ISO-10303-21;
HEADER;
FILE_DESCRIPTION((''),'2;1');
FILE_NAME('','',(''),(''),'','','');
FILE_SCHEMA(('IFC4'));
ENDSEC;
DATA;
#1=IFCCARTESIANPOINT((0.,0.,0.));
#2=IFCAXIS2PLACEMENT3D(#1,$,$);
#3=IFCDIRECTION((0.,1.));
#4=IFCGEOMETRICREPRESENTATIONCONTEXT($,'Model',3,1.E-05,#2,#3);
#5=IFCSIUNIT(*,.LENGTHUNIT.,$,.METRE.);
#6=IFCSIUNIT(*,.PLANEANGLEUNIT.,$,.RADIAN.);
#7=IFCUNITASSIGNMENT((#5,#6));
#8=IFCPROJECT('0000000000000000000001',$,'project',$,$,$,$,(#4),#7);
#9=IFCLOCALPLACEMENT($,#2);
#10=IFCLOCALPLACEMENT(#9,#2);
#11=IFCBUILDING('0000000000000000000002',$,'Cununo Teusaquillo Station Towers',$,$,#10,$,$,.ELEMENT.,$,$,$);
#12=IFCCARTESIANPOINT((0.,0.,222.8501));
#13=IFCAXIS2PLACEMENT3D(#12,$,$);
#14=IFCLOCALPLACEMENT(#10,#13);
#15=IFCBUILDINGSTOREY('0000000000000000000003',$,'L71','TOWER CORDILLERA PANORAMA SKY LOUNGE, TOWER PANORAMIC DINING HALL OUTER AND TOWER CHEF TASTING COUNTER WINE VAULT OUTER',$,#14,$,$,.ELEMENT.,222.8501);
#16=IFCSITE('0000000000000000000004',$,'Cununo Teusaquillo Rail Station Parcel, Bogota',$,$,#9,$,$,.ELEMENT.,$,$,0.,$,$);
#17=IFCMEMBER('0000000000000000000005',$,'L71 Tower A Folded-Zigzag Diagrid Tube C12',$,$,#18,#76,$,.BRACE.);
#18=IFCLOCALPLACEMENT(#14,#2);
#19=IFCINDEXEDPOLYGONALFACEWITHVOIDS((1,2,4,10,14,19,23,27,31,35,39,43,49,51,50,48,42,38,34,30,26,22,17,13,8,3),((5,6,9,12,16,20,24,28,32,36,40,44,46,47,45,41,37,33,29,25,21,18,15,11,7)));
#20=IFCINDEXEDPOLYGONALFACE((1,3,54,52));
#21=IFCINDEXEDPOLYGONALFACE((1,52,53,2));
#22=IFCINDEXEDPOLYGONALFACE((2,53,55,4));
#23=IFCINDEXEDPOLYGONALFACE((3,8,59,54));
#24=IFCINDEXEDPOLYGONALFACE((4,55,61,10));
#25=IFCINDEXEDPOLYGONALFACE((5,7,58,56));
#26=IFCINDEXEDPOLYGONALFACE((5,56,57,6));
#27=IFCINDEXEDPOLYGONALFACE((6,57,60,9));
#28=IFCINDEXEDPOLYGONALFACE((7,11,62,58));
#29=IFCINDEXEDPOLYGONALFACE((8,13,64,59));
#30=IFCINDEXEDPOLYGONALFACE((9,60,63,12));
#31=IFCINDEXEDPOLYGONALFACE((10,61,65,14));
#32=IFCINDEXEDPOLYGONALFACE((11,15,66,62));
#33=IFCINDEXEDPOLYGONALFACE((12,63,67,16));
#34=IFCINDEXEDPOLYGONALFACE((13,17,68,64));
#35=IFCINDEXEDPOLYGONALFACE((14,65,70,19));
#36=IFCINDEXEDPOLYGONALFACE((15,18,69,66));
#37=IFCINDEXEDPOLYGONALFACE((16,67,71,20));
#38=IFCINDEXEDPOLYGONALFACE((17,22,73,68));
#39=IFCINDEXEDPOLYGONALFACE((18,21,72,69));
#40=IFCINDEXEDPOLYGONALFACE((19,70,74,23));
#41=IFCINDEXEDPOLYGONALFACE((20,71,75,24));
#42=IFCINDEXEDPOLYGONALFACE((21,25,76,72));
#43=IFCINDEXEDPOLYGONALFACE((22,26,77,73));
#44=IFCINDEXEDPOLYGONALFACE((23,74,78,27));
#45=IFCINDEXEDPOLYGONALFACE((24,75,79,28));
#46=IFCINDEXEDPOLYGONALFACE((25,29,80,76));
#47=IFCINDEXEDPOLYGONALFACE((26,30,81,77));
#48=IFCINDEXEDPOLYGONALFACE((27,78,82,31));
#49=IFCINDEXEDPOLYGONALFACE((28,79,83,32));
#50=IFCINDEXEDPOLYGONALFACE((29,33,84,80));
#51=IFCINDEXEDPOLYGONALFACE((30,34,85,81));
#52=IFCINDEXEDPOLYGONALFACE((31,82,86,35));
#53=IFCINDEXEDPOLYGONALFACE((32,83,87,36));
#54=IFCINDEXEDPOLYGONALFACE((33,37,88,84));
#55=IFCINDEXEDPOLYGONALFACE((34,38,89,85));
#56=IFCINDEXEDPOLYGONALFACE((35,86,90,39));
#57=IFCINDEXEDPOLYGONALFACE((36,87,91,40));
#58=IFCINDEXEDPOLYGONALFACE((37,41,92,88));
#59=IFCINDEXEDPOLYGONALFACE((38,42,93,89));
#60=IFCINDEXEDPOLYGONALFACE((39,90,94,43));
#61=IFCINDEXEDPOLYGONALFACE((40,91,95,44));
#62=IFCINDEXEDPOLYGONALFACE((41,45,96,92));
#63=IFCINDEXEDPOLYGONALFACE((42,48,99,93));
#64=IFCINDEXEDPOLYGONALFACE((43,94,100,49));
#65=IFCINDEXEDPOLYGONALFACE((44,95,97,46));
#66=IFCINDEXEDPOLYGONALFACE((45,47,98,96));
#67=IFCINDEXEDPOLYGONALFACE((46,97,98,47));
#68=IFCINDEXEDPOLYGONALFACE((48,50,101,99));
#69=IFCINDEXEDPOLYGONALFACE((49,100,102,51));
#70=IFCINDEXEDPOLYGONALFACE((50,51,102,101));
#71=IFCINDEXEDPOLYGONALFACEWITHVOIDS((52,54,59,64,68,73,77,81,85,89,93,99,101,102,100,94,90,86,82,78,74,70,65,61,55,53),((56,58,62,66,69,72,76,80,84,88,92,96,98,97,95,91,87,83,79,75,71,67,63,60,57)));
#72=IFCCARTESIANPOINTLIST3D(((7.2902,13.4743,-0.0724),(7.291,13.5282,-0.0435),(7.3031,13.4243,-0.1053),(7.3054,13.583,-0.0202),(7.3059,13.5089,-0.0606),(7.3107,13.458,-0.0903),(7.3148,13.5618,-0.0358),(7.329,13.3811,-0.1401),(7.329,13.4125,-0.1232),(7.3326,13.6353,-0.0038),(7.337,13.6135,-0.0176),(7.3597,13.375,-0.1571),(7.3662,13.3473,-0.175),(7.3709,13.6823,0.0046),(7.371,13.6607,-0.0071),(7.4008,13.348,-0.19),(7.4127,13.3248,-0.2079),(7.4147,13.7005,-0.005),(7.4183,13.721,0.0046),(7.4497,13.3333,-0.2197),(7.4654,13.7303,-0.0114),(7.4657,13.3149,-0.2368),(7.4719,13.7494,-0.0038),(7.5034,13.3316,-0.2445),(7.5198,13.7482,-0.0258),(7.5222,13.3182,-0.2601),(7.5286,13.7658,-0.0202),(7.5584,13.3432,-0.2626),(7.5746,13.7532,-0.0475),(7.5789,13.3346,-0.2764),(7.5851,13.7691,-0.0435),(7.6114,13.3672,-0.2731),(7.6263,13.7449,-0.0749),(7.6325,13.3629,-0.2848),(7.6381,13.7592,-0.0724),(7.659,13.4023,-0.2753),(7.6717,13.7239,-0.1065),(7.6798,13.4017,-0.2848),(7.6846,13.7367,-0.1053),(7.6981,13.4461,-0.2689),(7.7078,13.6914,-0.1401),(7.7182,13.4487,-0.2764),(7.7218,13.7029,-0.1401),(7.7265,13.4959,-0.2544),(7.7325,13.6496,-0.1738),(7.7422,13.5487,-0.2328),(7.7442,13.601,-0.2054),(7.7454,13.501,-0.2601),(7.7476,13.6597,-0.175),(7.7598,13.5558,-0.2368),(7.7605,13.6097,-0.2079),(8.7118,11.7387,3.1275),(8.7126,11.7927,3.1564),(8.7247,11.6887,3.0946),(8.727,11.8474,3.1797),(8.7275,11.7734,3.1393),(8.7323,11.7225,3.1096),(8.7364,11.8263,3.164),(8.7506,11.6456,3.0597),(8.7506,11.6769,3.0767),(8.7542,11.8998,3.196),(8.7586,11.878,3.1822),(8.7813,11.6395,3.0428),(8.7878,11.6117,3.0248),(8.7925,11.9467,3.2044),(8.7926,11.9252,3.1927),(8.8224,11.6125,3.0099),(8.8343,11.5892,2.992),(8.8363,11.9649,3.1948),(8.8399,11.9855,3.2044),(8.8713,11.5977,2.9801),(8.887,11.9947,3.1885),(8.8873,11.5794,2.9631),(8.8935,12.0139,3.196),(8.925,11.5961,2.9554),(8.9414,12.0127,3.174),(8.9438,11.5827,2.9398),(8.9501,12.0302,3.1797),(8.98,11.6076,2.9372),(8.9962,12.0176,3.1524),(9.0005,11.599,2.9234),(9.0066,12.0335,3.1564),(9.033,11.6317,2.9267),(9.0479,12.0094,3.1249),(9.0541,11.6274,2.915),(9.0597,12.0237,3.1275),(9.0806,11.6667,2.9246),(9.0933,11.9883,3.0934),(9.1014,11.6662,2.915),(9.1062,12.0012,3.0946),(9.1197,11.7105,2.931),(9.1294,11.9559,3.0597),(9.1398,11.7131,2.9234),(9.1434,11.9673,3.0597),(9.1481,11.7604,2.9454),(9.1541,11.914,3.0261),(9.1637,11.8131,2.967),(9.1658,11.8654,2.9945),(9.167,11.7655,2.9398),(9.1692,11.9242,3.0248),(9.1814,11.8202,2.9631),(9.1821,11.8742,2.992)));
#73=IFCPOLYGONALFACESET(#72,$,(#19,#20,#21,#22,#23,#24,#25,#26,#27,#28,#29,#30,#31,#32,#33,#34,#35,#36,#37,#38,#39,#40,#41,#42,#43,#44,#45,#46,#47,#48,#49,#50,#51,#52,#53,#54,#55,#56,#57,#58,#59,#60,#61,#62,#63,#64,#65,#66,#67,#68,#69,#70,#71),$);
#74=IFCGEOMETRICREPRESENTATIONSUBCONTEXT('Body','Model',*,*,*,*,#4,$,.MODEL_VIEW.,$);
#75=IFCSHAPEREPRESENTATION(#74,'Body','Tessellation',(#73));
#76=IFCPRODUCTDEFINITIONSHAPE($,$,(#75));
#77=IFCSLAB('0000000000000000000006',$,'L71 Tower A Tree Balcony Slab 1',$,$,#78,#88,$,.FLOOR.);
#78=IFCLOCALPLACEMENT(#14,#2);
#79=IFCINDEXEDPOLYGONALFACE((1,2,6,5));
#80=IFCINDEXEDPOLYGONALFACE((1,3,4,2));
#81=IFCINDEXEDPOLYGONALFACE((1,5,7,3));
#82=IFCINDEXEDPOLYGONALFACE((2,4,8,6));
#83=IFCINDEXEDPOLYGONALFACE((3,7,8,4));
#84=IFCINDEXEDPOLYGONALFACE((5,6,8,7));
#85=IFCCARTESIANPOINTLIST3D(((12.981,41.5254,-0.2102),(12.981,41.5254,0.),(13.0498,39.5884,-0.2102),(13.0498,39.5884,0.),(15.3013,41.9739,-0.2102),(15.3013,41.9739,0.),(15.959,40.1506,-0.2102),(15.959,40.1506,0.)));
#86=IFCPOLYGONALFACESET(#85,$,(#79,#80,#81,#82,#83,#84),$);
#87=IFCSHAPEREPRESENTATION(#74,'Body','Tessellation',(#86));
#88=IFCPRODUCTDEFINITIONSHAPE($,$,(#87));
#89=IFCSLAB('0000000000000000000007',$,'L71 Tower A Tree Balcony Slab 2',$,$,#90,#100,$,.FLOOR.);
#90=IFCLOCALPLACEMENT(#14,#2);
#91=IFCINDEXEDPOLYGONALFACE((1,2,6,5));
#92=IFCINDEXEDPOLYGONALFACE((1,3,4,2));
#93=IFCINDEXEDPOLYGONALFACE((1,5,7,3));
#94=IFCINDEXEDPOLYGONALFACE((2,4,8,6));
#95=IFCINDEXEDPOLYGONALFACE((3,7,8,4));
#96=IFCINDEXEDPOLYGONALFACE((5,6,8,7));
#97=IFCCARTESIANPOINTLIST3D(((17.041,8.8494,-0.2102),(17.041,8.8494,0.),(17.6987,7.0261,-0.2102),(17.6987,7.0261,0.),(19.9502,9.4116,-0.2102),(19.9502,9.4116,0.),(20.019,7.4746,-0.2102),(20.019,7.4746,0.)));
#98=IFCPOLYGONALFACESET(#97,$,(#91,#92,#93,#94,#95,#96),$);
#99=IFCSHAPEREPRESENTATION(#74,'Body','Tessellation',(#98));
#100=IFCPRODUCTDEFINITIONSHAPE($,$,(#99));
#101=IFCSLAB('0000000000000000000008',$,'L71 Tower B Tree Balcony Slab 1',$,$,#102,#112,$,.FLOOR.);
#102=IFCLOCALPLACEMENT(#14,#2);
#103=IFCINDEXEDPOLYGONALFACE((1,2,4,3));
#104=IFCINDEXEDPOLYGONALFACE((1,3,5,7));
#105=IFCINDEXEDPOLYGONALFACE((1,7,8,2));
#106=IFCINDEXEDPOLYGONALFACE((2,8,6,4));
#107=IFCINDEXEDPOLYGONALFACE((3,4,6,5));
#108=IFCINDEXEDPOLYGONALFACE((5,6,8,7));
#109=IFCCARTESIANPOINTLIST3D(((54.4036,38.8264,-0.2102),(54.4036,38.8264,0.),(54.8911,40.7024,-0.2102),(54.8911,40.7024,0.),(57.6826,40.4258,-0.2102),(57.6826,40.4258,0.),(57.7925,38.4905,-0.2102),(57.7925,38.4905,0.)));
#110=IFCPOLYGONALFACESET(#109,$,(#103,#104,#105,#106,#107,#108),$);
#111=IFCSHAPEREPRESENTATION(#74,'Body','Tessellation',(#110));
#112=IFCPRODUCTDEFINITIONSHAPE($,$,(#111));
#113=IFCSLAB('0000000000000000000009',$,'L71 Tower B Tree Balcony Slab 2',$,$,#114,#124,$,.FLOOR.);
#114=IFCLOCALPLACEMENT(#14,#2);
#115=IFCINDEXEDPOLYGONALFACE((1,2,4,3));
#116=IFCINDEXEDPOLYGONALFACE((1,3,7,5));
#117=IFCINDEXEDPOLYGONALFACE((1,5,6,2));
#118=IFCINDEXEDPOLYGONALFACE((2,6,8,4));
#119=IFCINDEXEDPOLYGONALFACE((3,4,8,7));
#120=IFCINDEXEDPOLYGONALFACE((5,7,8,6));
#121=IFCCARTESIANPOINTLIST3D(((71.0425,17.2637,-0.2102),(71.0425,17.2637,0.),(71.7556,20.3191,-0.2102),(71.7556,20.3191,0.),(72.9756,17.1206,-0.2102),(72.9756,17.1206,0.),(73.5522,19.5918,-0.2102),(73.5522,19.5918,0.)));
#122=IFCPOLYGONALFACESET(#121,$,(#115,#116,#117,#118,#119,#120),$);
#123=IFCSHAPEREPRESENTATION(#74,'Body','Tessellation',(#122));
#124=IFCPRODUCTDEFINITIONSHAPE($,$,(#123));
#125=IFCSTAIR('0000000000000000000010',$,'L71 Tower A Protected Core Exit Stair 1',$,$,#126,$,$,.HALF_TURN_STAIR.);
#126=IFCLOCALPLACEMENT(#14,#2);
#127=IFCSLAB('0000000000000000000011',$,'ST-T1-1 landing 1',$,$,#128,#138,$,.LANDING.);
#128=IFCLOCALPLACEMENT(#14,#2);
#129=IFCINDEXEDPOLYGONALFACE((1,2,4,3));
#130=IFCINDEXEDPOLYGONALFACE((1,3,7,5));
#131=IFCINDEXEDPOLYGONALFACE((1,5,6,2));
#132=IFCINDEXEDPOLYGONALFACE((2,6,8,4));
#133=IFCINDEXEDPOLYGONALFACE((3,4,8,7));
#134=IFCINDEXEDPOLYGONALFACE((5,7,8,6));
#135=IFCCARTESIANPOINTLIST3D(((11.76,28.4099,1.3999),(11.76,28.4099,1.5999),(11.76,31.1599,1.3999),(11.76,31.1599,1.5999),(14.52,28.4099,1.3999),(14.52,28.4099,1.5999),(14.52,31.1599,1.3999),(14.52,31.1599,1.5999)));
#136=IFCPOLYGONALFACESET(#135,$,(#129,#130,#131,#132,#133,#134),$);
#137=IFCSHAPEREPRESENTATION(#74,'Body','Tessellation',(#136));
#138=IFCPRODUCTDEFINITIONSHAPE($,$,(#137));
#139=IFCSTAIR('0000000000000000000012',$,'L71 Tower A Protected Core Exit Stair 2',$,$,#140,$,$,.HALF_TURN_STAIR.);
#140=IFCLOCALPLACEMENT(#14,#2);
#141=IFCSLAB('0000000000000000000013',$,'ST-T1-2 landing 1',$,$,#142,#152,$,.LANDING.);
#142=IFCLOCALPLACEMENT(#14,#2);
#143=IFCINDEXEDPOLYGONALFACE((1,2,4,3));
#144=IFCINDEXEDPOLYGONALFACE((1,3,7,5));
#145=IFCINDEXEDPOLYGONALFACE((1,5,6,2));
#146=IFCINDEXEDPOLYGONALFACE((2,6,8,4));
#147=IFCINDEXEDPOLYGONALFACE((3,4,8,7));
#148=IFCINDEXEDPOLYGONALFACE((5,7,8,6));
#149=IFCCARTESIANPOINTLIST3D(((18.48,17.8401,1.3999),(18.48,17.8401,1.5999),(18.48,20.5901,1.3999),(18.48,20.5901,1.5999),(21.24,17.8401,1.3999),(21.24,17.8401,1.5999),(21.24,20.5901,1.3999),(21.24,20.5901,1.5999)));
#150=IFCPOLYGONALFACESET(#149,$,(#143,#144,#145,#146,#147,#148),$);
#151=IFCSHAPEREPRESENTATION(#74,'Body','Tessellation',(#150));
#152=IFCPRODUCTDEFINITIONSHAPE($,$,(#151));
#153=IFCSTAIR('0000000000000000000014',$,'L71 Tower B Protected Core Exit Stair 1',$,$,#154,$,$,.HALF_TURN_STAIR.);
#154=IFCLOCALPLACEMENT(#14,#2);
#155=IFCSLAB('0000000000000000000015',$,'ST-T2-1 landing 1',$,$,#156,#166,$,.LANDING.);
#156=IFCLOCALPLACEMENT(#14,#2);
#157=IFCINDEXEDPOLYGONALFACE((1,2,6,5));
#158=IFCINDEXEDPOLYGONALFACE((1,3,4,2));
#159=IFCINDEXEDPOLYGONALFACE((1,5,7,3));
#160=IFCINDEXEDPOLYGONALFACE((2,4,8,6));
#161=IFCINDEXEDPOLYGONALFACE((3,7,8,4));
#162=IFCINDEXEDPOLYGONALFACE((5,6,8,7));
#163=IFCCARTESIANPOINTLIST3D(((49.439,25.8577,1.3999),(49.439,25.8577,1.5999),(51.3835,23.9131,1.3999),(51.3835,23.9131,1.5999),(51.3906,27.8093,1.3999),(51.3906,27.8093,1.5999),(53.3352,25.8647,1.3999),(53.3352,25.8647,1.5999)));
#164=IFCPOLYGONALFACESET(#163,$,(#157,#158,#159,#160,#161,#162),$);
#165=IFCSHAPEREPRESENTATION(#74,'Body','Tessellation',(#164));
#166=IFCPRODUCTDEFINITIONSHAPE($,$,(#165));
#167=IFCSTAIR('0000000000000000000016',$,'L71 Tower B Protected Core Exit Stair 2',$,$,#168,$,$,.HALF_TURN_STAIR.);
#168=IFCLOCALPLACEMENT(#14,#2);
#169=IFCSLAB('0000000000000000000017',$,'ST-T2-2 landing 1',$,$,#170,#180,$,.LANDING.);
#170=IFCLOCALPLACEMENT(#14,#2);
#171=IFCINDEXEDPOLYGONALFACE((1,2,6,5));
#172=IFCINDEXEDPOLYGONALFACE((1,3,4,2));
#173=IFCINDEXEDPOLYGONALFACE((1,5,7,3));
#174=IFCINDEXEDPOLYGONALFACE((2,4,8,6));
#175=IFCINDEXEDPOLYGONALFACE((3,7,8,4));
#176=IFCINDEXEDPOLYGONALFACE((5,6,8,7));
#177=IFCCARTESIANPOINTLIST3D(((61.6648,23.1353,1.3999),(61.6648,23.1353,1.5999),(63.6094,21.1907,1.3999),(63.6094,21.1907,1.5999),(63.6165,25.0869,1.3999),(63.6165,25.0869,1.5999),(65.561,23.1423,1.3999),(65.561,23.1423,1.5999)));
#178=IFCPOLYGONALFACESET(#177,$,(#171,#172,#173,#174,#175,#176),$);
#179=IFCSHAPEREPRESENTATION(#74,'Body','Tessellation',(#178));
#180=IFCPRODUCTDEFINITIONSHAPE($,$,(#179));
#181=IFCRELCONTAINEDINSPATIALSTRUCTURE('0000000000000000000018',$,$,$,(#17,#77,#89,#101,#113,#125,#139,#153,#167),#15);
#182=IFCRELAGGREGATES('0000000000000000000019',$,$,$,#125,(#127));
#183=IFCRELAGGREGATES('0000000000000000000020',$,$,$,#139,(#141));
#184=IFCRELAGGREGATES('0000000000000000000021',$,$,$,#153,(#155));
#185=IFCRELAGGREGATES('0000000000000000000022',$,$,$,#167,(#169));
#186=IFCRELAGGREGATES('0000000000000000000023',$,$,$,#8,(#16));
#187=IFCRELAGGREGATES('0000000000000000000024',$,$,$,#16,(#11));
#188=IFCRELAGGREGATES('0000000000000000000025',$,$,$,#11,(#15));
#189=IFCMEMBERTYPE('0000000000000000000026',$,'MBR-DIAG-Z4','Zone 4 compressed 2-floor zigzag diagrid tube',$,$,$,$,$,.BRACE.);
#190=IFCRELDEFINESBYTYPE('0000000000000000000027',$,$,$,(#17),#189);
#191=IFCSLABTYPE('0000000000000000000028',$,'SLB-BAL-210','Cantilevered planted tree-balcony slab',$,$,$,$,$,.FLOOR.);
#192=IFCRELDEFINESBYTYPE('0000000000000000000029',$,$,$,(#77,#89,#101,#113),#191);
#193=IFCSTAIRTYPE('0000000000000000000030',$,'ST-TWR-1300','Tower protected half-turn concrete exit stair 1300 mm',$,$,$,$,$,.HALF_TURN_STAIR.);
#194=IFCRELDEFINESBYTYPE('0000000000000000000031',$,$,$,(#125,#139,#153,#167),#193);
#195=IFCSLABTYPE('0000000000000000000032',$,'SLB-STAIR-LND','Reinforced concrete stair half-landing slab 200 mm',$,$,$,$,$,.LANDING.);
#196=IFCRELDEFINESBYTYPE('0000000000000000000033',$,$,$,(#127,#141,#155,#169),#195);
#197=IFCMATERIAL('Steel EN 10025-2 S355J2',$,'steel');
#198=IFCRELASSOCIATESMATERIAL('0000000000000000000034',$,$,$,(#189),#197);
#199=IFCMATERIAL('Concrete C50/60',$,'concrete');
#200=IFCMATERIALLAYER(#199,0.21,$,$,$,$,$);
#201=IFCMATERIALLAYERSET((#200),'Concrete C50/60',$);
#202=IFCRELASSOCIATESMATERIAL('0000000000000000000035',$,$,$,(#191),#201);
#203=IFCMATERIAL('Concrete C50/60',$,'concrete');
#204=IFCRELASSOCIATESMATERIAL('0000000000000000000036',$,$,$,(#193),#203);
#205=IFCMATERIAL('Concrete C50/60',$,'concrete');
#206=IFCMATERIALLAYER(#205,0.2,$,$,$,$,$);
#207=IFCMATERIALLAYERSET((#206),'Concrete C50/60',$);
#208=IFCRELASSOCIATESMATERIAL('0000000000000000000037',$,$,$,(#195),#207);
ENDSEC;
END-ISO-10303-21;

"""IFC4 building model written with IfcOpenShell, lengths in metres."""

from ifc_helpers import new_model, si_unit, direction, frame, origin, origin_2d, place, context, subcontext, project, spatial, polyline, hollow_circle, outline, extrude, material, layer, layer_set, material_profile, profile_set, type_object, element, aggregate, save


model = new_model("IFC4")

# Units and contexts
model_context = context("Model", 3, precision=1e-05, world=origin(), true_north=direction((0.0, 1.0)))
body_context = subcontext(model_context, "Body", "Model", "MODEL_VIEW")
ifc_project = project(units=[si_unit("LENGTHUNIT", "METRE"), si_unit("PLANEANGLEUNIT", "RADIAN")], contexts=[model_context])

# Site, building, storey
site_placement = place(None, origin())
site = spatial("IfcSite", under=ifc_project, at=site_placement, Name="Cununo Teusaquillo Rail Station Parcel, Bogota", CompositionType="ELEMENT", RefElevation=0.0)
building_placement = place(site_placement, origin())
building = spatial("IfcBuilding", under=site, at=building_placement, Name="Cununo Teusaquillo Station Towers", CompositionType="ELEMENT")
storey_placement = place(building_placement, frame((0.0, 0.0, 222.8501)))
storey = spatial("IfcBuildingStorey", under=building, at=storey_placement, Name="L71", Description="TOWER CORDILLERA PANORAMA SKY LOUNGE, TOWER PANORAMIC DINING HALL OUTER AND TOWER CHEF TASTING COUNTER WINE VAULT OUTER", CompositionType="ELEMENT", Elevation=222.8501)

# Member
ifc_material_1 = material(Name="Steel EN 10025-2 S355J2", Category="steel")
ifc_material_profile_1 = material_profile(ifc_material_1, hollow_circle(Radius=0.2539, WallThickness=0.0181, at=origin_2d()), Name="CHS 508x18")
ifc_profile_set_1 = profile_set([ifc_material_profile_1], Name="Steel EN 10025-2 S355J2")
member_type = type_object("IfcMemberType", Name="MBR-DIAG-Z4", Description="Zone 4 compressed 2-floor zigzag diagrid tube", PredefinedType="BRACE", material=ifc_profile_set_1)
member_placement = place(storey_placement, frame((7.5254, 13.542, -0.1401), z_axis=(0.363768, -0.444106, 0.818806), x_axis=(0.773608, 0.633664, 0.0)))
element("IfcMember", 1, at=member_placement, inside=storey, type_object=member_type, Name="L71 Tower A Folded-Zigzag Diagrid Tube C12", PredefinedType="BRACE", context=body_context, shape_type="SweptSolid", body=[
    extrude(hollow_circle(Radius=0.2539, WallThickness=0.0181, at=origin_2d()), origin(), (0.0, 0.0, 1.0), 3.908),
])

# Slabs
ifc_material_2 = material(Name="Concrete C50/60", Category="concrete")
ifc_layer_1 = layer(ifc_material_2, 0.21)
ifc_layer_set_1 = layer_set([ifc_layer_1], Name="Concrete C50/60")
slab_type_1 = type_object("IfcSlabType", Name="SLB-BAL-210", Description="Cantilevered planted tree-balcony slab", PredefinedType="FLOOR", material=ifc_layer_set_1)
slab_1_placement = place(storey_placement, frame((0.0, 0.0, -0.2102)))
element("IfcSlab", 2, at=slab_1_placement, inside=storey, type_object=slab_type_1, Name="L71 Tower A Tree Balcony Slab 1", PredefinedType="FLOOR", context=body_context, shape_type="SweptSolid", body=[
    extrude(outline(polyline([(15.959, 40.1506), (13.0498, 39.5884), (12.981, 41.5254), (15.3013, 41.9739), (15.959, 40.1506)])), origin(), (0.0, 0.0, 1.0), 0.2102),
])
slab_2_placement = place(storey_placement, frame((0.0, 0.0, -0.2102)))
element("IfcSlab", 3, at=slab_2_placement, inside=storey, type_object=slab_type_1, Name="L71 Tower A Tree Balcony Slab 2", PredefinedType="FLOOR", context=body_context, shape_type="SweptSolid", body=[
    extrude(outline(polyline([(17.041, 8.8494), (19.9502, 9.4116), (20.019, 7.4746), (17.6987, 7.0261), (17.041, 8.8494)])), origin(), (0.0, 0.0, 1.0), 0.2102),
])
slab_3_placement = place(storey_placement, frame((0.0, 0.0, -0.2102)))
element("IfcSlab", 4, at=slab_3_placement, inside=storey, type_object=slab_type_1, Name="L71 Tower B Tree Balcony Slab 1", PredefinedType="FLOOR", context=body_context, shape_type="SweptSolid", body=[
    extrude(outline(polyline([(57.7925, 38.4905), (54.4036, 38.8264), (54.8911, 40.7024), (57.6826, 40.4258), (57.7925, 38.4905)])), origin(), (0.0, 0.0, 1.0), 0.2102),
])
slab_4_placement = place(storey_placement, frame((0.0, 0.0, -0.2102)))
element("IfcSlab", 5, at=slab_4_placement, inside=storey, type_object=slab_type_1, Name="L71 Tower B Tree Balcony Slab 2", PredefinedType="FLOOR", context=body_context, shape_type="SweptSolid", body=[
    extrude(outline(polyline([(71.0425, 17.2637), (71.7556, 20.3191), (73.5522, 19.5918), (72.9756, 17.1206), (71.0425, 17.2637)])), origin(), (0.0, 0.0, 1.0), 0.2102),
])

# Stairs, slabs
ifc_material_3 = material(Name="Concrete C50/60", Category="concrete")
stair_type = type_object("IfcStairType", Name="ST-TWR-1300", Description="Tower protected half-turn concrete exit stair 1300 mm", PredefinedType="HALF_TURN_STAIR", material=ifc_material_3)
stair_1_placement = place(storey_placement, origin())
stair_1 = element("IfcStair", 6, at=stair_1_placement, inside=storey, type_object=stair_type, Name="L71 Tower A Protected Core Exit Stair 1", PredefinedType="HALF_TURN_STAIR")
ifc_material_4 = material(Name="Concrete C50/60", Category="concrete")
ifc_layer_2 = layer(ifc_material_4, 0.2)
ifc_layer_set_2 = layer_set([ifc_layer_2], Name="Concrete C50/60")
slab_type_2 = type_object("IfcSlabType", Name="SLB-STAIR-LND", Description="Reinforced concrete stair half-landing slab 200 mm", PredefinedType="LANDING", material=ifc_layer_set_2)
slab_5_placement = place(storey_placement, frame((0.0, 0.0, 1.3999)))
slab_5 = element("IfcSlab", 7, at=slab_5_placement, type_object=slab_type_2, Name="ST-T1-1 landing 1", PredefinedType="LANDING", context=body_context, shape_type="SweptSolid", body=[
    extrude(outline(polyline([(14.52, 28.4099), (14.52, 31.1599), (11.76, 31.1599), (11.76, 28.4099), (14.52, 28.4099)])), origin(), (0.0, 0.0, 1.0), 0.2),
])
aggregate(stair_1, [slab_5])
stair_2_placement = place(storey_placement, origin())
stair_2 = element("IfcStair", 8, at=stair_2_placement, inside=storey, type_object=stair_type, Name="L71 Tower A Protected Core Exit Stair 2", PredefinedType="HALF_TURN_STAIR")
slab_6_placement = place(storey_placement, frame((0.0, 0.0, 1.3999)))
slab_6 = element("IfcSlab", 9, at=slab_6_placement, type_object=slab_type_2, Name="ST-T1-2 landing 1", PredefinedType="LANDING", context=body_context, shape_type="SweptSolid", body=[
    extrude(outline(polyline([(18.48, 20.5901), (18.48, 17.8401), (21.24, 17.8401), (21.24, 20.5901), (18.48, 20.5901)])), origin(), (0.0, 0.0, 1.0), 0.2),
])
aggregate(stair_2, [slab_6])
stair_3_placement = place(storey_placement, origin())
stair_3 = element("IfcStair", 10, at=stair_3_placement, inside=storey, type_object=stair_type, Name="L71 Tower B Protected Core Exit Stair 1", PredefinedType="HALF_TURN_STAIR")
slab_7_placement = place(storey_placement, frame((0.0, 0.0, 1.3999)))
slab_7 = element("IfcSlab", 11, at=slab_7_placement, type_object=slab_type_2, Name="ST-T2-1 landing 1", PredefinedType="LANDING", context=body_context, shape_type="SweptSolid", body=[
    extrude(outline(polyline([(53.3352, 25.8647), (51.3906, 27.8093), (49.439, 25.8577), (51.3835, 23.9131), (53.3352, 25.8647)])), origin(), (0.0, 0.0, 1.0), 0.2),
])
aggregate(stair_3, [slab_7])
stair_4_placement = place(storey_placement, origin())
stair_4 = element("IfcStair", 12, at=stair_4_placement, inside=storey, type_object=stair_type, Name="L71 Tower B Protected Core Exit Stair 2", PredefinedType="HALF_TURN_STAIR")
slab_8_placement = place(storey_placement, frame((0.0, 0.0, 1.3999)))
slab_8 = element("IfcSlab", 13, at=slab_8_placement, type_object=slab_type_2, Name="ST-T2-2 landing 1", PredefinedType="LANDING", context=body_context, shape_type="SweptSolid", body=[
    extrude(outline(polyline([(61.6648, 23.1353), (63.6094, 21.1907), (65.561, 23.1423), (63.6165, 25.0869), (61.6648, 23.1353)])), origin(), (0.0, 0.0, 1.0), 0.2),
])
aggregate(stair_4, [slab_8])

save(model, "model.ifc")
